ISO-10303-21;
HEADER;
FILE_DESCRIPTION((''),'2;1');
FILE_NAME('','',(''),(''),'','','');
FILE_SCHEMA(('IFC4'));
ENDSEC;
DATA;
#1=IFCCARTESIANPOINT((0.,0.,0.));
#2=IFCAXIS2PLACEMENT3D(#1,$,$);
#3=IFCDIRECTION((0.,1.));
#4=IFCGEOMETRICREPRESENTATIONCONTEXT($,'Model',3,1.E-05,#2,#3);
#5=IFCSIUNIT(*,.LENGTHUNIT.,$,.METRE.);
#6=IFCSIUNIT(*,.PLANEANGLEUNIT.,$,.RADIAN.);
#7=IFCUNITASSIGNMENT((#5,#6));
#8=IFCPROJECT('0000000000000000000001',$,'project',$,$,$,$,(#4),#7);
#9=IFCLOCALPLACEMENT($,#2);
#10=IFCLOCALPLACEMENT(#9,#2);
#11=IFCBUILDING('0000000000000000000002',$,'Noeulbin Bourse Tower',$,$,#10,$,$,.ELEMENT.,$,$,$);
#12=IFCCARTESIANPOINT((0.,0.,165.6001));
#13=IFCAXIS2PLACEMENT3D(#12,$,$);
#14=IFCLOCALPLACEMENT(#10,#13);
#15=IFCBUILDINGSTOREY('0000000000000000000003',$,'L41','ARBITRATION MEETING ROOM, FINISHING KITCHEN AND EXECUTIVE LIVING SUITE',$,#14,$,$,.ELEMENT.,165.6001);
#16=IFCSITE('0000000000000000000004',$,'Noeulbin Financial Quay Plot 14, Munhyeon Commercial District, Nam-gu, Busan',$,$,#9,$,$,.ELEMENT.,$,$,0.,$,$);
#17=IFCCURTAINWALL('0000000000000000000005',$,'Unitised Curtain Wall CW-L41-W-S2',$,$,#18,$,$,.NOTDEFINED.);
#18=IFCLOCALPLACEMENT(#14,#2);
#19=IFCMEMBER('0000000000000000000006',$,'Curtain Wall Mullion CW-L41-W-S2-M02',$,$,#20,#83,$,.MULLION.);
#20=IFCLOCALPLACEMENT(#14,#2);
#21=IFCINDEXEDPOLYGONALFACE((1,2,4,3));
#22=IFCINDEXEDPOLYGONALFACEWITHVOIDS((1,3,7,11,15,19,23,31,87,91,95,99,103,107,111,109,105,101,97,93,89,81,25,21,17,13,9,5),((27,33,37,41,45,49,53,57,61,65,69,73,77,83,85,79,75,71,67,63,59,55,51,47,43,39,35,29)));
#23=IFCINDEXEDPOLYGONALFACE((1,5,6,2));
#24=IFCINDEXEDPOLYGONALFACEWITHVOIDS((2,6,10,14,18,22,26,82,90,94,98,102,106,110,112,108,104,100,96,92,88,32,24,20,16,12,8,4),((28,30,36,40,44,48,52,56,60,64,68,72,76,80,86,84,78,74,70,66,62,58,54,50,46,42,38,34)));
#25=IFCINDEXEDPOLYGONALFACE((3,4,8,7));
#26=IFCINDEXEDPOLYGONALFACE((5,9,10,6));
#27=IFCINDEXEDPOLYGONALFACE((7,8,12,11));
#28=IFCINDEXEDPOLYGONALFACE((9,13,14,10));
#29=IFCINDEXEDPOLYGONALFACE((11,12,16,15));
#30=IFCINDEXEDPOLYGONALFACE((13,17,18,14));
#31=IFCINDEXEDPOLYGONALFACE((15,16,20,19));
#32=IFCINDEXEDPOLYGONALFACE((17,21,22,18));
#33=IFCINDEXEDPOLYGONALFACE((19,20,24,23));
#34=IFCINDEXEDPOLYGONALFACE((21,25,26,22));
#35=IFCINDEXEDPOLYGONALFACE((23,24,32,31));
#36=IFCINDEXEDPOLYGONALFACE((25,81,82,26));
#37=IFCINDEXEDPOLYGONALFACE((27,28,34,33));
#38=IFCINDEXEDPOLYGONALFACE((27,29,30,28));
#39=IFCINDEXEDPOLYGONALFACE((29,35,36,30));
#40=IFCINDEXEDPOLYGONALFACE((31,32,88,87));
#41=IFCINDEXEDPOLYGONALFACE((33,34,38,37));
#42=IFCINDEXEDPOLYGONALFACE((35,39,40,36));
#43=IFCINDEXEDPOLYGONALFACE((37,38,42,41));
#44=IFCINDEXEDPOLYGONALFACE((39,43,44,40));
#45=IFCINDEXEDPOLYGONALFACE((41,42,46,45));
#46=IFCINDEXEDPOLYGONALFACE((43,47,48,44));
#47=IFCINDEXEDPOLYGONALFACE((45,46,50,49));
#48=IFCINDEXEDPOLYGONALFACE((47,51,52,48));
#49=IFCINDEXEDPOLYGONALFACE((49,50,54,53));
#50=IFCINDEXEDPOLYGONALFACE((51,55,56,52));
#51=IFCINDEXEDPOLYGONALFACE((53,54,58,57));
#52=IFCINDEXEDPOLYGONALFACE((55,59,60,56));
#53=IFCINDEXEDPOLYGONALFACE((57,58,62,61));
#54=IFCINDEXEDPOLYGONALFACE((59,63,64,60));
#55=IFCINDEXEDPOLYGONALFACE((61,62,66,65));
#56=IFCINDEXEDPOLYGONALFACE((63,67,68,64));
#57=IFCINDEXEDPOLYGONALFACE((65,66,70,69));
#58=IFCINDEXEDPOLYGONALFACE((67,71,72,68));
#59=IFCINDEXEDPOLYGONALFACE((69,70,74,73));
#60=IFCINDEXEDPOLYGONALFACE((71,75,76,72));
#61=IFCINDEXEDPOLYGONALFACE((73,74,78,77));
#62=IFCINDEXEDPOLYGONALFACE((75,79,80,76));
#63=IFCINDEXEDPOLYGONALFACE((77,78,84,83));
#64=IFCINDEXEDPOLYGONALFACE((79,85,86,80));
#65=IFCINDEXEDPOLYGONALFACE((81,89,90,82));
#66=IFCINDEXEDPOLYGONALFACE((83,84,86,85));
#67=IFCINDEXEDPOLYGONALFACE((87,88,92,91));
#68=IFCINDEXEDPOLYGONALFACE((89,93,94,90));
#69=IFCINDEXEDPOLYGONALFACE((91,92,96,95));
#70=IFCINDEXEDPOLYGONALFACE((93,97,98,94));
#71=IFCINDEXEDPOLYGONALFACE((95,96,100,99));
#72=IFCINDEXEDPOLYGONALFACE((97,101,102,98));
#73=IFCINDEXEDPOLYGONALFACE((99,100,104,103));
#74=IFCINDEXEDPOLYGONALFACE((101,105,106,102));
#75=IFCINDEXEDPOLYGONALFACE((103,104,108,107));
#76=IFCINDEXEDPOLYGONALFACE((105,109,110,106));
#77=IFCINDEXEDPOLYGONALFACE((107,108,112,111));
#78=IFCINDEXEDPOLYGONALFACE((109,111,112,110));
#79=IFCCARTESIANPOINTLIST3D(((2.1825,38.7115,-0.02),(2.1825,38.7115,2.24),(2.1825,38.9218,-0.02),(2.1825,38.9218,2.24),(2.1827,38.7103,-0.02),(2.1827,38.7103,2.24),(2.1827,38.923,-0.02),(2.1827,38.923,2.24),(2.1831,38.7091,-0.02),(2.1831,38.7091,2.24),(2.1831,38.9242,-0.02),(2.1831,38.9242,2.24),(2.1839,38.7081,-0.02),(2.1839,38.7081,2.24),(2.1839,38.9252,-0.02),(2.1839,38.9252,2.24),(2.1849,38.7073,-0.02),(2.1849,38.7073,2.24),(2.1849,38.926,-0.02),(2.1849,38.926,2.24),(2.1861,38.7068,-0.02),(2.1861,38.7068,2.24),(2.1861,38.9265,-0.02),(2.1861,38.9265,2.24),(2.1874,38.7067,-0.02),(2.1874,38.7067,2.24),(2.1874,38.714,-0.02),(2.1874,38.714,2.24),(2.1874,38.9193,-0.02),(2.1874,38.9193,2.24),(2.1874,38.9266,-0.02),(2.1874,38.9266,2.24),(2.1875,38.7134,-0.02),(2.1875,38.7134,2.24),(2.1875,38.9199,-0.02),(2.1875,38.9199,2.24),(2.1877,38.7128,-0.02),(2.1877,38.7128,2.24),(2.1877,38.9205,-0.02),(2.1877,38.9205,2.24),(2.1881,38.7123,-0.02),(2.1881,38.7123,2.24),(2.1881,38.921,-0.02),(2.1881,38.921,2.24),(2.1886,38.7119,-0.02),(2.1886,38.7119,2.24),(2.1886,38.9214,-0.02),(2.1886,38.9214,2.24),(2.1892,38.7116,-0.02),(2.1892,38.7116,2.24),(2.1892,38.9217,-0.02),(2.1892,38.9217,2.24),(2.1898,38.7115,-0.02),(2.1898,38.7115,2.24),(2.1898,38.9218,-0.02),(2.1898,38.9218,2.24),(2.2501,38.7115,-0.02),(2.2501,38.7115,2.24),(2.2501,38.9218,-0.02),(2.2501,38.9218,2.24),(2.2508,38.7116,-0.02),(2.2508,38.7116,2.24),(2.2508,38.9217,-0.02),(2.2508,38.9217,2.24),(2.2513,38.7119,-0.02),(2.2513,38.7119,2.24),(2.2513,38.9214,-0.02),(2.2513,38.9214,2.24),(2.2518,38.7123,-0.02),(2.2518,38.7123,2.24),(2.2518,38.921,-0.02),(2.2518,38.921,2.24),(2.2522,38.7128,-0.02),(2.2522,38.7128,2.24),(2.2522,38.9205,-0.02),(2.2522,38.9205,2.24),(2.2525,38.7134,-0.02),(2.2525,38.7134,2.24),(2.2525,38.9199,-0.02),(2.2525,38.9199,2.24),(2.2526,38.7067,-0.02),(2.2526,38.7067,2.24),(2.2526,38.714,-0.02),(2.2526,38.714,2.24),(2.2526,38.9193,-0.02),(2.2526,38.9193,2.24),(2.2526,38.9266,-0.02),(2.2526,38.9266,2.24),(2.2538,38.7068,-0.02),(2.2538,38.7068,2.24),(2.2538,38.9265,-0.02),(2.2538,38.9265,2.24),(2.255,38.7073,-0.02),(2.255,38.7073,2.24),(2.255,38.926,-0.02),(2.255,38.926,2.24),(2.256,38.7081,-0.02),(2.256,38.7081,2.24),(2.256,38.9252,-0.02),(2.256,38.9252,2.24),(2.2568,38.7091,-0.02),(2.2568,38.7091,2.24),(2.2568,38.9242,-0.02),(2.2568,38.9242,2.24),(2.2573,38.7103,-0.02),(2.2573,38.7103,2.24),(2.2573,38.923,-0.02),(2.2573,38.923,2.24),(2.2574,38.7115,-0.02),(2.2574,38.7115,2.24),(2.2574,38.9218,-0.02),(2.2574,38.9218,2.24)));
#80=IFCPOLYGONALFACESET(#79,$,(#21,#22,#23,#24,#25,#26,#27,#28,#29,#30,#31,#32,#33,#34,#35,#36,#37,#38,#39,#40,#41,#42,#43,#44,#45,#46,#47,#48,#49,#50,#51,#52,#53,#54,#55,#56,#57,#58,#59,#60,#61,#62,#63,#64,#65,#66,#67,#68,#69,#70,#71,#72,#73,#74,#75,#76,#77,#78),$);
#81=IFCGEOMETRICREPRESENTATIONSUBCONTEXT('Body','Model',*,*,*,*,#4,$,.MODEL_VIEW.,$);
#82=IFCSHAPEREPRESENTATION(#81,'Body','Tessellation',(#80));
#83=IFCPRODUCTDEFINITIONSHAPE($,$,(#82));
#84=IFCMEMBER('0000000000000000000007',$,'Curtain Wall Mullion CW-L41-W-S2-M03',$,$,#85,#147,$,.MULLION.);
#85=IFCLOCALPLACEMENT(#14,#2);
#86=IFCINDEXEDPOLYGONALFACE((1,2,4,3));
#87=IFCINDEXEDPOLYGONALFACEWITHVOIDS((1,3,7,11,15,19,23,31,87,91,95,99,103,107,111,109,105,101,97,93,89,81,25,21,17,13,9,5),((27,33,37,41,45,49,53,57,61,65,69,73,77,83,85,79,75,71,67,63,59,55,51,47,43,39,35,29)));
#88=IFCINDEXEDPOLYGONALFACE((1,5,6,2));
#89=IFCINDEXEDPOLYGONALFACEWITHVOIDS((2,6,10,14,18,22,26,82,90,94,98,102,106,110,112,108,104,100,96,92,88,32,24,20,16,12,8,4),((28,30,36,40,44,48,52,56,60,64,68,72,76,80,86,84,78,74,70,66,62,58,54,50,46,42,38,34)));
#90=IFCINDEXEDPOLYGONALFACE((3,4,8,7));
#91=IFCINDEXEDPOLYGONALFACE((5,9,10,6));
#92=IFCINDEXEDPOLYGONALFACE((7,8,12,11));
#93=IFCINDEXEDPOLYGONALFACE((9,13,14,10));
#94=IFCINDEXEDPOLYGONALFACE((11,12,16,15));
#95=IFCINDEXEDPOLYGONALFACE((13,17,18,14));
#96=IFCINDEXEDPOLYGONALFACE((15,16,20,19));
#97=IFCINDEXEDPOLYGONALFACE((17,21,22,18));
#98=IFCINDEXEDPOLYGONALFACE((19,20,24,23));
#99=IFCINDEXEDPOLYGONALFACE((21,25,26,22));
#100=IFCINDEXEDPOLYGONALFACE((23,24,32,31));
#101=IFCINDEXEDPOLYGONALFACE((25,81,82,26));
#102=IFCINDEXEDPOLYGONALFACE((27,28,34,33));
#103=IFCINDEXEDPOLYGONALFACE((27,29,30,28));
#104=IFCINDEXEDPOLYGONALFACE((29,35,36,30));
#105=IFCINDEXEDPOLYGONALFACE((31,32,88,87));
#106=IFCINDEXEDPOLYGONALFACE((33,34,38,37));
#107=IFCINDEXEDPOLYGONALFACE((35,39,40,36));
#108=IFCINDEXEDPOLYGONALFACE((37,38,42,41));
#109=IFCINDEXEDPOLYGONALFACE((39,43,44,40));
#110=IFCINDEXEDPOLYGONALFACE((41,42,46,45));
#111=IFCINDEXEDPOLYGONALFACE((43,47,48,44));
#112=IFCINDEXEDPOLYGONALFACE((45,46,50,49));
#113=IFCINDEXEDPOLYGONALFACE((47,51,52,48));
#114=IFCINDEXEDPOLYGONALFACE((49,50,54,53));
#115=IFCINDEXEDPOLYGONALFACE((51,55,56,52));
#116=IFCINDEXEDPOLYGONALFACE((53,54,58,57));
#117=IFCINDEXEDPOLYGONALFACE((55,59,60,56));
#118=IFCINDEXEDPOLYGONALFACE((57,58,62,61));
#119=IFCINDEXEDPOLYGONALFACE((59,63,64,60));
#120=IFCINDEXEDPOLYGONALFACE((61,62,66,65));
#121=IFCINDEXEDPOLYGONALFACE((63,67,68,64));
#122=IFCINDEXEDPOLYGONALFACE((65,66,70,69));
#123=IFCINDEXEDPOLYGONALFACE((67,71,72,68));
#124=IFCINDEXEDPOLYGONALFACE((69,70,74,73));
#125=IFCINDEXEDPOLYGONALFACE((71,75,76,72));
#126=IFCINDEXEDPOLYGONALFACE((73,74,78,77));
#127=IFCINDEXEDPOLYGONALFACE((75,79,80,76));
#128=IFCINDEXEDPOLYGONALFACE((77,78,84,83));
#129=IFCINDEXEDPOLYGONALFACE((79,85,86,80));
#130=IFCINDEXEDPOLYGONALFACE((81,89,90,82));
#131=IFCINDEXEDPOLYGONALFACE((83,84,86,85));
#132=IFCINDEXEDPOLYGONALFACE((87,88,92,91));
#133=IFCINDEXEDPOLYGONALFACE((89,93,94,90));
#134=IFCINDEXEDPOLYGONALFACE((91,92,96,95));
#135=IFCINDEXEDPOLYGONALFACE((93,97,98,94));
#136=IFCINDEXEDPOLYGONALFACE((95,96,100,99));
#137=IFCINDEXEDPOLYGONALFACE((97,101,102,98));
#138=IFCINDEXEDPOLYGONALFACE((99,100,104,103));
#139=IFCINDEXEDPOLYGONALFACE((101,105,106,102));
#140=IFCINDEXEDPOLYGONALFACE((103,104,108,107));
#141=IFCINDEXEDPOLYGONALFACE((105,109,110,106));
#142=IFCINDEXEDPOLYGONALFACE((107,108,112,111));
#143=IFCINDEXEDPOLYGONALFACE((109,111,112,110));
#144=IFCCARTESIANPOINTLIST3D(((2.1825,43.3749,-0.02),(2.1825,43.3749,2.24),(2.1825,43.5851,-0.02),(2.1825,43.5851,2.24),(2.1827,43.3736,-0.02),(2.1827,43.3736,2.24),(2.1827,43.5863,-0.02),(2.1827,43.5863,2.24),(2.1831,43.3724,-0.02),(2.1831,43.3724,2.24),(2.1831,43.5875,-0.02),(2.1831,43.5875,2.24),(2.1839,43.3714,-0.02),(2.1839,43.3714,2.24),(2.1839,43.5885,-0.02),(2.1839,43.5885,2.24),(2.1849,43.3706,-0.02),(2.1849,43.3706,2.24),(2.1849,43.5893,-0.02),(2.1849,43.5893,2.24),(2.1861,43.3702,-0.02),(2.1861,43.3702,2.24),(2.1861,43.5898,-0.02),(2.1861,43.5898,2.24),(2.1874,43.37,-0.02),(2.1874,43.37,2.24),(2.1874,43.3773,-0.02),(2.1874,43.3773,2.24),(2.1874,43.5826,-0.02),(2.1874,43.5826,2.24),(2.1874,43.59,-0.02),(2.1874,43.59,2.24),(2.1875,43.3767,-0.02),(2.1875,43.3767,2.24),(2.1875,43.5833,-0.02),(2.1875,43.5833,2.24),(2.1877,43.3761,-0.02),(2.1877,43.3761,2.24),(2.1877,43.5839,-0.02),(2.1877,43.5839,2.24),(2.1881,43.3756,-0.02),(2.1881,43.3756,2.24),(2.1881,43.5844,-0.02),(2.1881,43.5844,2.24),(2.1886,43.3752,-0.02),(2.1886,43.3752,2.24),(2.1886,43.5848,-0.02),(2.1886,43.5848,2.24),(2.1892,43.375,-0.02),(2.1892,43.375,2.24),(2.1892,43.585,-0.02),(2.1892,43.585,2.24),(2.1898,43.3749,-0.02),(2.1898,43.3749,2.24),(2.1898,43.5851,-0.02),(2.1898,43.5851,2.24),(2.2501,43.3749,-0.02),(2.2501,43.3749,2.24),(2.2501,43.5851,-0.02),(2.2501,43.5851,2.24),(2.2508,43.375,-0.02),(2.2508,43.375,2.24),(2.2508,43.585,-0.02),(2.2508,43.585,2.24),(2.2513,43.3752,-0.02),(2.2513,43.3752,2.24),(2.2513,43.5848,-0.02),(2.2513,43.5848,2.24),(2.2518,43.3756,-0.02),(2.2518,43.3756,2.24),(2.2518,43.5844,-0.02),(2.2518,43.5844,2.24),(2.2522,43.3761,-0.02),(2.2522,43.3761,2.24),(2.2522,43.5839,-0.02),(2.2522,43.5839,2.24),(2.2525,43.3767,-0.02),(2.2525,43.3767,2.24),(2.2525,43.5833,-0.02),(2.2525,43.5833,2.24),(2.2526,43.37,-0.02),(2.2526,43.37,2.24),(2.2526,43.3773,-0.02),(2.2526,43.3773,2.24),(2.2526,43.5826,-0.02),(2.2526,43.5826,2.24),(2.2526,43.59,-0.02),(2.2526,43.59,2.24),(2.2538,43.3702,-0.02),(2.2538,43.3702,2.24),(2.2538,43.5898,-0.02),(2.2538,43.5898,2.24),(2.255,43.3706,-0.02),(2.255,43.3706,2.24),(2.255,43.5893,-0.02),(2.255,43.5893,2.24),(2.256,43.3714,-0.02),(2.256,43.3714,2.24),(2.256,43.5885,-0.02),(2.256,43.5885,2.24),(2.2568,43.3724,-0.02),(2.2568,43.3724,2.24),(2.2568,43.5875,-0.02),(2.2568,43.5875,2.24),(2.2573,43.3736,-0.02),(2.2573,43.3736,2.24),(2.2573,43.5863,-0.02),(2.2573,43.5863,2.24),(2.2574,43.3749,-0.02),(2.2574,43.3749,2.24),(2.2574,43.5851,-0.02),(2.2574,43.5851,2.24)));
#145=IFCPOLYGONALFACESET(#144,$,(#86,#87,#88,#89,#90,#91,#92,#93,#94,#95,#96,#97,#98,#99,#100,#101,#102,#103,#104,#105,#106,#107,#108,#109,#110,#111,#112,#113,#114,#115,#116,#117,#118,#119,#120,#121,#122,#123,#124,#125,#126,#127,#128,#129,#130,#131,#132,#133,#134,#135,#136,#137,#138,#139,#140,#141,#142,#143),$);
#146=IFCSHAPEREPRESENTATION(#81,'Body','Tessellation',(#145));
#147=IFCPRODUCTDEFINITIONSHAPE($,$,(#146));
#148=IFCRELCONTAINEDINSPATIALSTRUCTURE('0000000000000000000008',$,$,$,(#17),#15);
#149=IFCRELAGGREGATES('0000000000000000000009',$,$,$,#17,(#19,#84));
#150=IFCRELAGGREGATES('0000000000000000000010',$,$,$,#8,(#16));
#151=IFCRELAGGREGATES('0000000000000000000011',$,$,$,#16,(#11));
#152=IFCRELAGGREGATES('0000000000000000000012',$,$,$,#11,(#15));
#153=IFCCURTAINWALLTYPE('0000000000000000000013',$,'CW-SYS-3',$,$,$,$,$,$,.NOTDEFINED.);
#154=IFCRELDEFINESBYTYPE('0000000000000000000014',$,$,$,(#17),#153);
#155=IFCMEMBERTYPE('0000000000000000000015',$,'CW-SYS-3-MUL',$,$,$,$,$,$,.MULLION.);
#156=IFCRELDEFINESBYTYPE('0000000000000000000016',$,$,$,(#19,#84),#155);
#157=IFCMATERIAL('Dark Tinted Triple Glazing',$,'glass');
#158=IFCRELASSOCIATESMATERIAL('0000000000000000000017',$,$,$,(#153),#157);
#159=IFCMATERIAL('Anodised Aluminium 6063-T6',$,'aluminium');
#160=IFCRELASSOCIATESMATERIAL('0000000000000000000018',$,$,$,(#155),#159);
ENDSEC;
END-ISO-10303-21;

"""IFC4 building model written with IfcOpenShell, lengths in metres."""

from ifc_helpers import new_model, si_unit, direction, frame, origin, origin_2d, place, context, subcontext, project, spatial, hollow_rectangle, extrude, material, material_profile, profile_set, type_object, element, aggregate, save


model = new_model("IFC4")

# Units and contexts
model_context = context("Model", 3, precision=1e-05, world=origin(), true_north=direction((0.0, 1.0)))
body_context = subcontext(model_context, "Body", "Model", "MODEL_VIEW")
ifc_project = project(units=[si_unit("LENGTHUNIT", "METRE"), si_unit("PLANEANGLEUNIT", "RADIAN")], contexts=[model_context])

# Site, building, storey
site_placement = place(None, origin())
site = spatial("IfcSite", under=ifc_project, at=site_placement, Name="Noeulbin Financial Quay Plot 14, Munhyeon Commercial District, Nam-gu, Busan", CompositionType="ELEMENT", RefElevation=0.0)
building_placement = place(site_placement, origin())
building = spatial("IfcBuilding", under=site, at=building_placement, Name="Noeulbin Bourse Tower", CompositionType="ELEMENT")
storey_placement = place(building_placement, frame((0.0, 0.0, 165.6001)))
storey = spatial("IfcBuildingStorey", under=building, at=storey_placement, Name="L41", Description="ARBITRATION MEETING ROOM, FINISHING KITCHEN AND EXECUTIVE LIVING SUITE", CompositionType="ELEMENT", Elevation=165.6001)

# Shared definitions
ifc_material_1 = material(Name="Dark Tinted Triple Glazing", Category="glass")
curtain_wall_type = type_object("IfcCurtainWallType", Name="CW-SYS-3", PredefinedType="NOTDEFINED", material=ifc_material_1)
ifc_material_2 = material(Name="Anodised Aluminium 6063-T6", Category="aluminium")
ifc_material_profile_1 = material_profile(ifc_material_2, hollow_rectangle(XDim=0.075, YDim=0.22, WallThickness=0.0049, InnerFilletRadius=0.0024, OuterFilletRadius=0.0049, at=origin_2d()), Name="ALU-MULL-75x220x5", Category="LoadBearing")
ifc_profile_set_1 = profile_set([ifc_material_profile_1], Name="Anodised Aluminium 6063-T6")
member_type_1 = type_object("IfcMemberType", Name="CW-SYS-3-MUL", PredefinedType="MULLION", material=ifc_profile_set_1)

# Curtain wall, members
curtain_wall_1_placement = place(storey_placement, origin())
curtain_wall_1 = element("IfcCurtainWall", 1, at=curtain_wall_1_placement, inside=storey, type_object=curtain_wall_type, Name="Unitised Curtain Wall CW-L41-W-S2", PredefinedType="NOTDEFINED")
member_1_placement = place(storey_placement, frame((2.22, 38.8167, -0.02), z_axis=(0.0, 0.0, 1.0), x_axis=(1.0, 0.0, 0.0)))
member_1 = element("IfcMember", 2, at=member_1_placement, type_object=member_type_1, Name="Curtain Wall Mullion CW-L41-W-S2-M02", PredefinedType="MULLION", context=body_context, shape_type="SweptSolid", body=[
    extrude(hollow_rectangle(XDim=0.075, YDim=0.22, WallThickness=0.0049, InnerFilletRadius=0.0024, OuterFilletRadius=0.0049, at=origin_2d()), origin(), (0.0, 0.0, 1.0), 2.26),
])
member_2_placement = place(storey_placement, frame((2.22, 43.48, -0.02), z_axis=(0.0, 0.0, 1.0), x_axis=(1.0, 0.0, 0.0)))
member_2 = element("IfcMember", 3, at=member_2_placement, type_object=member_type_1, Name="Curtain Wall Mullion CW-L41-W-S2-M03", PredefinedType="MULLION", context=body_context, shape_type="SweptSolid", body=[
    extrude(hollow_rectangle(XDim=0.075, YDim=0.22, WallThickness=0.0049, InnerFilletRadius=0.0024, OuterFilletRadius=0.0049, at=origin_2d()), origin(), (0.0, 0.0, 1.0), 2.26),
])

aggregate(curtain_wall_1, [member_1, member_2])

save(model, "model.ifc")
